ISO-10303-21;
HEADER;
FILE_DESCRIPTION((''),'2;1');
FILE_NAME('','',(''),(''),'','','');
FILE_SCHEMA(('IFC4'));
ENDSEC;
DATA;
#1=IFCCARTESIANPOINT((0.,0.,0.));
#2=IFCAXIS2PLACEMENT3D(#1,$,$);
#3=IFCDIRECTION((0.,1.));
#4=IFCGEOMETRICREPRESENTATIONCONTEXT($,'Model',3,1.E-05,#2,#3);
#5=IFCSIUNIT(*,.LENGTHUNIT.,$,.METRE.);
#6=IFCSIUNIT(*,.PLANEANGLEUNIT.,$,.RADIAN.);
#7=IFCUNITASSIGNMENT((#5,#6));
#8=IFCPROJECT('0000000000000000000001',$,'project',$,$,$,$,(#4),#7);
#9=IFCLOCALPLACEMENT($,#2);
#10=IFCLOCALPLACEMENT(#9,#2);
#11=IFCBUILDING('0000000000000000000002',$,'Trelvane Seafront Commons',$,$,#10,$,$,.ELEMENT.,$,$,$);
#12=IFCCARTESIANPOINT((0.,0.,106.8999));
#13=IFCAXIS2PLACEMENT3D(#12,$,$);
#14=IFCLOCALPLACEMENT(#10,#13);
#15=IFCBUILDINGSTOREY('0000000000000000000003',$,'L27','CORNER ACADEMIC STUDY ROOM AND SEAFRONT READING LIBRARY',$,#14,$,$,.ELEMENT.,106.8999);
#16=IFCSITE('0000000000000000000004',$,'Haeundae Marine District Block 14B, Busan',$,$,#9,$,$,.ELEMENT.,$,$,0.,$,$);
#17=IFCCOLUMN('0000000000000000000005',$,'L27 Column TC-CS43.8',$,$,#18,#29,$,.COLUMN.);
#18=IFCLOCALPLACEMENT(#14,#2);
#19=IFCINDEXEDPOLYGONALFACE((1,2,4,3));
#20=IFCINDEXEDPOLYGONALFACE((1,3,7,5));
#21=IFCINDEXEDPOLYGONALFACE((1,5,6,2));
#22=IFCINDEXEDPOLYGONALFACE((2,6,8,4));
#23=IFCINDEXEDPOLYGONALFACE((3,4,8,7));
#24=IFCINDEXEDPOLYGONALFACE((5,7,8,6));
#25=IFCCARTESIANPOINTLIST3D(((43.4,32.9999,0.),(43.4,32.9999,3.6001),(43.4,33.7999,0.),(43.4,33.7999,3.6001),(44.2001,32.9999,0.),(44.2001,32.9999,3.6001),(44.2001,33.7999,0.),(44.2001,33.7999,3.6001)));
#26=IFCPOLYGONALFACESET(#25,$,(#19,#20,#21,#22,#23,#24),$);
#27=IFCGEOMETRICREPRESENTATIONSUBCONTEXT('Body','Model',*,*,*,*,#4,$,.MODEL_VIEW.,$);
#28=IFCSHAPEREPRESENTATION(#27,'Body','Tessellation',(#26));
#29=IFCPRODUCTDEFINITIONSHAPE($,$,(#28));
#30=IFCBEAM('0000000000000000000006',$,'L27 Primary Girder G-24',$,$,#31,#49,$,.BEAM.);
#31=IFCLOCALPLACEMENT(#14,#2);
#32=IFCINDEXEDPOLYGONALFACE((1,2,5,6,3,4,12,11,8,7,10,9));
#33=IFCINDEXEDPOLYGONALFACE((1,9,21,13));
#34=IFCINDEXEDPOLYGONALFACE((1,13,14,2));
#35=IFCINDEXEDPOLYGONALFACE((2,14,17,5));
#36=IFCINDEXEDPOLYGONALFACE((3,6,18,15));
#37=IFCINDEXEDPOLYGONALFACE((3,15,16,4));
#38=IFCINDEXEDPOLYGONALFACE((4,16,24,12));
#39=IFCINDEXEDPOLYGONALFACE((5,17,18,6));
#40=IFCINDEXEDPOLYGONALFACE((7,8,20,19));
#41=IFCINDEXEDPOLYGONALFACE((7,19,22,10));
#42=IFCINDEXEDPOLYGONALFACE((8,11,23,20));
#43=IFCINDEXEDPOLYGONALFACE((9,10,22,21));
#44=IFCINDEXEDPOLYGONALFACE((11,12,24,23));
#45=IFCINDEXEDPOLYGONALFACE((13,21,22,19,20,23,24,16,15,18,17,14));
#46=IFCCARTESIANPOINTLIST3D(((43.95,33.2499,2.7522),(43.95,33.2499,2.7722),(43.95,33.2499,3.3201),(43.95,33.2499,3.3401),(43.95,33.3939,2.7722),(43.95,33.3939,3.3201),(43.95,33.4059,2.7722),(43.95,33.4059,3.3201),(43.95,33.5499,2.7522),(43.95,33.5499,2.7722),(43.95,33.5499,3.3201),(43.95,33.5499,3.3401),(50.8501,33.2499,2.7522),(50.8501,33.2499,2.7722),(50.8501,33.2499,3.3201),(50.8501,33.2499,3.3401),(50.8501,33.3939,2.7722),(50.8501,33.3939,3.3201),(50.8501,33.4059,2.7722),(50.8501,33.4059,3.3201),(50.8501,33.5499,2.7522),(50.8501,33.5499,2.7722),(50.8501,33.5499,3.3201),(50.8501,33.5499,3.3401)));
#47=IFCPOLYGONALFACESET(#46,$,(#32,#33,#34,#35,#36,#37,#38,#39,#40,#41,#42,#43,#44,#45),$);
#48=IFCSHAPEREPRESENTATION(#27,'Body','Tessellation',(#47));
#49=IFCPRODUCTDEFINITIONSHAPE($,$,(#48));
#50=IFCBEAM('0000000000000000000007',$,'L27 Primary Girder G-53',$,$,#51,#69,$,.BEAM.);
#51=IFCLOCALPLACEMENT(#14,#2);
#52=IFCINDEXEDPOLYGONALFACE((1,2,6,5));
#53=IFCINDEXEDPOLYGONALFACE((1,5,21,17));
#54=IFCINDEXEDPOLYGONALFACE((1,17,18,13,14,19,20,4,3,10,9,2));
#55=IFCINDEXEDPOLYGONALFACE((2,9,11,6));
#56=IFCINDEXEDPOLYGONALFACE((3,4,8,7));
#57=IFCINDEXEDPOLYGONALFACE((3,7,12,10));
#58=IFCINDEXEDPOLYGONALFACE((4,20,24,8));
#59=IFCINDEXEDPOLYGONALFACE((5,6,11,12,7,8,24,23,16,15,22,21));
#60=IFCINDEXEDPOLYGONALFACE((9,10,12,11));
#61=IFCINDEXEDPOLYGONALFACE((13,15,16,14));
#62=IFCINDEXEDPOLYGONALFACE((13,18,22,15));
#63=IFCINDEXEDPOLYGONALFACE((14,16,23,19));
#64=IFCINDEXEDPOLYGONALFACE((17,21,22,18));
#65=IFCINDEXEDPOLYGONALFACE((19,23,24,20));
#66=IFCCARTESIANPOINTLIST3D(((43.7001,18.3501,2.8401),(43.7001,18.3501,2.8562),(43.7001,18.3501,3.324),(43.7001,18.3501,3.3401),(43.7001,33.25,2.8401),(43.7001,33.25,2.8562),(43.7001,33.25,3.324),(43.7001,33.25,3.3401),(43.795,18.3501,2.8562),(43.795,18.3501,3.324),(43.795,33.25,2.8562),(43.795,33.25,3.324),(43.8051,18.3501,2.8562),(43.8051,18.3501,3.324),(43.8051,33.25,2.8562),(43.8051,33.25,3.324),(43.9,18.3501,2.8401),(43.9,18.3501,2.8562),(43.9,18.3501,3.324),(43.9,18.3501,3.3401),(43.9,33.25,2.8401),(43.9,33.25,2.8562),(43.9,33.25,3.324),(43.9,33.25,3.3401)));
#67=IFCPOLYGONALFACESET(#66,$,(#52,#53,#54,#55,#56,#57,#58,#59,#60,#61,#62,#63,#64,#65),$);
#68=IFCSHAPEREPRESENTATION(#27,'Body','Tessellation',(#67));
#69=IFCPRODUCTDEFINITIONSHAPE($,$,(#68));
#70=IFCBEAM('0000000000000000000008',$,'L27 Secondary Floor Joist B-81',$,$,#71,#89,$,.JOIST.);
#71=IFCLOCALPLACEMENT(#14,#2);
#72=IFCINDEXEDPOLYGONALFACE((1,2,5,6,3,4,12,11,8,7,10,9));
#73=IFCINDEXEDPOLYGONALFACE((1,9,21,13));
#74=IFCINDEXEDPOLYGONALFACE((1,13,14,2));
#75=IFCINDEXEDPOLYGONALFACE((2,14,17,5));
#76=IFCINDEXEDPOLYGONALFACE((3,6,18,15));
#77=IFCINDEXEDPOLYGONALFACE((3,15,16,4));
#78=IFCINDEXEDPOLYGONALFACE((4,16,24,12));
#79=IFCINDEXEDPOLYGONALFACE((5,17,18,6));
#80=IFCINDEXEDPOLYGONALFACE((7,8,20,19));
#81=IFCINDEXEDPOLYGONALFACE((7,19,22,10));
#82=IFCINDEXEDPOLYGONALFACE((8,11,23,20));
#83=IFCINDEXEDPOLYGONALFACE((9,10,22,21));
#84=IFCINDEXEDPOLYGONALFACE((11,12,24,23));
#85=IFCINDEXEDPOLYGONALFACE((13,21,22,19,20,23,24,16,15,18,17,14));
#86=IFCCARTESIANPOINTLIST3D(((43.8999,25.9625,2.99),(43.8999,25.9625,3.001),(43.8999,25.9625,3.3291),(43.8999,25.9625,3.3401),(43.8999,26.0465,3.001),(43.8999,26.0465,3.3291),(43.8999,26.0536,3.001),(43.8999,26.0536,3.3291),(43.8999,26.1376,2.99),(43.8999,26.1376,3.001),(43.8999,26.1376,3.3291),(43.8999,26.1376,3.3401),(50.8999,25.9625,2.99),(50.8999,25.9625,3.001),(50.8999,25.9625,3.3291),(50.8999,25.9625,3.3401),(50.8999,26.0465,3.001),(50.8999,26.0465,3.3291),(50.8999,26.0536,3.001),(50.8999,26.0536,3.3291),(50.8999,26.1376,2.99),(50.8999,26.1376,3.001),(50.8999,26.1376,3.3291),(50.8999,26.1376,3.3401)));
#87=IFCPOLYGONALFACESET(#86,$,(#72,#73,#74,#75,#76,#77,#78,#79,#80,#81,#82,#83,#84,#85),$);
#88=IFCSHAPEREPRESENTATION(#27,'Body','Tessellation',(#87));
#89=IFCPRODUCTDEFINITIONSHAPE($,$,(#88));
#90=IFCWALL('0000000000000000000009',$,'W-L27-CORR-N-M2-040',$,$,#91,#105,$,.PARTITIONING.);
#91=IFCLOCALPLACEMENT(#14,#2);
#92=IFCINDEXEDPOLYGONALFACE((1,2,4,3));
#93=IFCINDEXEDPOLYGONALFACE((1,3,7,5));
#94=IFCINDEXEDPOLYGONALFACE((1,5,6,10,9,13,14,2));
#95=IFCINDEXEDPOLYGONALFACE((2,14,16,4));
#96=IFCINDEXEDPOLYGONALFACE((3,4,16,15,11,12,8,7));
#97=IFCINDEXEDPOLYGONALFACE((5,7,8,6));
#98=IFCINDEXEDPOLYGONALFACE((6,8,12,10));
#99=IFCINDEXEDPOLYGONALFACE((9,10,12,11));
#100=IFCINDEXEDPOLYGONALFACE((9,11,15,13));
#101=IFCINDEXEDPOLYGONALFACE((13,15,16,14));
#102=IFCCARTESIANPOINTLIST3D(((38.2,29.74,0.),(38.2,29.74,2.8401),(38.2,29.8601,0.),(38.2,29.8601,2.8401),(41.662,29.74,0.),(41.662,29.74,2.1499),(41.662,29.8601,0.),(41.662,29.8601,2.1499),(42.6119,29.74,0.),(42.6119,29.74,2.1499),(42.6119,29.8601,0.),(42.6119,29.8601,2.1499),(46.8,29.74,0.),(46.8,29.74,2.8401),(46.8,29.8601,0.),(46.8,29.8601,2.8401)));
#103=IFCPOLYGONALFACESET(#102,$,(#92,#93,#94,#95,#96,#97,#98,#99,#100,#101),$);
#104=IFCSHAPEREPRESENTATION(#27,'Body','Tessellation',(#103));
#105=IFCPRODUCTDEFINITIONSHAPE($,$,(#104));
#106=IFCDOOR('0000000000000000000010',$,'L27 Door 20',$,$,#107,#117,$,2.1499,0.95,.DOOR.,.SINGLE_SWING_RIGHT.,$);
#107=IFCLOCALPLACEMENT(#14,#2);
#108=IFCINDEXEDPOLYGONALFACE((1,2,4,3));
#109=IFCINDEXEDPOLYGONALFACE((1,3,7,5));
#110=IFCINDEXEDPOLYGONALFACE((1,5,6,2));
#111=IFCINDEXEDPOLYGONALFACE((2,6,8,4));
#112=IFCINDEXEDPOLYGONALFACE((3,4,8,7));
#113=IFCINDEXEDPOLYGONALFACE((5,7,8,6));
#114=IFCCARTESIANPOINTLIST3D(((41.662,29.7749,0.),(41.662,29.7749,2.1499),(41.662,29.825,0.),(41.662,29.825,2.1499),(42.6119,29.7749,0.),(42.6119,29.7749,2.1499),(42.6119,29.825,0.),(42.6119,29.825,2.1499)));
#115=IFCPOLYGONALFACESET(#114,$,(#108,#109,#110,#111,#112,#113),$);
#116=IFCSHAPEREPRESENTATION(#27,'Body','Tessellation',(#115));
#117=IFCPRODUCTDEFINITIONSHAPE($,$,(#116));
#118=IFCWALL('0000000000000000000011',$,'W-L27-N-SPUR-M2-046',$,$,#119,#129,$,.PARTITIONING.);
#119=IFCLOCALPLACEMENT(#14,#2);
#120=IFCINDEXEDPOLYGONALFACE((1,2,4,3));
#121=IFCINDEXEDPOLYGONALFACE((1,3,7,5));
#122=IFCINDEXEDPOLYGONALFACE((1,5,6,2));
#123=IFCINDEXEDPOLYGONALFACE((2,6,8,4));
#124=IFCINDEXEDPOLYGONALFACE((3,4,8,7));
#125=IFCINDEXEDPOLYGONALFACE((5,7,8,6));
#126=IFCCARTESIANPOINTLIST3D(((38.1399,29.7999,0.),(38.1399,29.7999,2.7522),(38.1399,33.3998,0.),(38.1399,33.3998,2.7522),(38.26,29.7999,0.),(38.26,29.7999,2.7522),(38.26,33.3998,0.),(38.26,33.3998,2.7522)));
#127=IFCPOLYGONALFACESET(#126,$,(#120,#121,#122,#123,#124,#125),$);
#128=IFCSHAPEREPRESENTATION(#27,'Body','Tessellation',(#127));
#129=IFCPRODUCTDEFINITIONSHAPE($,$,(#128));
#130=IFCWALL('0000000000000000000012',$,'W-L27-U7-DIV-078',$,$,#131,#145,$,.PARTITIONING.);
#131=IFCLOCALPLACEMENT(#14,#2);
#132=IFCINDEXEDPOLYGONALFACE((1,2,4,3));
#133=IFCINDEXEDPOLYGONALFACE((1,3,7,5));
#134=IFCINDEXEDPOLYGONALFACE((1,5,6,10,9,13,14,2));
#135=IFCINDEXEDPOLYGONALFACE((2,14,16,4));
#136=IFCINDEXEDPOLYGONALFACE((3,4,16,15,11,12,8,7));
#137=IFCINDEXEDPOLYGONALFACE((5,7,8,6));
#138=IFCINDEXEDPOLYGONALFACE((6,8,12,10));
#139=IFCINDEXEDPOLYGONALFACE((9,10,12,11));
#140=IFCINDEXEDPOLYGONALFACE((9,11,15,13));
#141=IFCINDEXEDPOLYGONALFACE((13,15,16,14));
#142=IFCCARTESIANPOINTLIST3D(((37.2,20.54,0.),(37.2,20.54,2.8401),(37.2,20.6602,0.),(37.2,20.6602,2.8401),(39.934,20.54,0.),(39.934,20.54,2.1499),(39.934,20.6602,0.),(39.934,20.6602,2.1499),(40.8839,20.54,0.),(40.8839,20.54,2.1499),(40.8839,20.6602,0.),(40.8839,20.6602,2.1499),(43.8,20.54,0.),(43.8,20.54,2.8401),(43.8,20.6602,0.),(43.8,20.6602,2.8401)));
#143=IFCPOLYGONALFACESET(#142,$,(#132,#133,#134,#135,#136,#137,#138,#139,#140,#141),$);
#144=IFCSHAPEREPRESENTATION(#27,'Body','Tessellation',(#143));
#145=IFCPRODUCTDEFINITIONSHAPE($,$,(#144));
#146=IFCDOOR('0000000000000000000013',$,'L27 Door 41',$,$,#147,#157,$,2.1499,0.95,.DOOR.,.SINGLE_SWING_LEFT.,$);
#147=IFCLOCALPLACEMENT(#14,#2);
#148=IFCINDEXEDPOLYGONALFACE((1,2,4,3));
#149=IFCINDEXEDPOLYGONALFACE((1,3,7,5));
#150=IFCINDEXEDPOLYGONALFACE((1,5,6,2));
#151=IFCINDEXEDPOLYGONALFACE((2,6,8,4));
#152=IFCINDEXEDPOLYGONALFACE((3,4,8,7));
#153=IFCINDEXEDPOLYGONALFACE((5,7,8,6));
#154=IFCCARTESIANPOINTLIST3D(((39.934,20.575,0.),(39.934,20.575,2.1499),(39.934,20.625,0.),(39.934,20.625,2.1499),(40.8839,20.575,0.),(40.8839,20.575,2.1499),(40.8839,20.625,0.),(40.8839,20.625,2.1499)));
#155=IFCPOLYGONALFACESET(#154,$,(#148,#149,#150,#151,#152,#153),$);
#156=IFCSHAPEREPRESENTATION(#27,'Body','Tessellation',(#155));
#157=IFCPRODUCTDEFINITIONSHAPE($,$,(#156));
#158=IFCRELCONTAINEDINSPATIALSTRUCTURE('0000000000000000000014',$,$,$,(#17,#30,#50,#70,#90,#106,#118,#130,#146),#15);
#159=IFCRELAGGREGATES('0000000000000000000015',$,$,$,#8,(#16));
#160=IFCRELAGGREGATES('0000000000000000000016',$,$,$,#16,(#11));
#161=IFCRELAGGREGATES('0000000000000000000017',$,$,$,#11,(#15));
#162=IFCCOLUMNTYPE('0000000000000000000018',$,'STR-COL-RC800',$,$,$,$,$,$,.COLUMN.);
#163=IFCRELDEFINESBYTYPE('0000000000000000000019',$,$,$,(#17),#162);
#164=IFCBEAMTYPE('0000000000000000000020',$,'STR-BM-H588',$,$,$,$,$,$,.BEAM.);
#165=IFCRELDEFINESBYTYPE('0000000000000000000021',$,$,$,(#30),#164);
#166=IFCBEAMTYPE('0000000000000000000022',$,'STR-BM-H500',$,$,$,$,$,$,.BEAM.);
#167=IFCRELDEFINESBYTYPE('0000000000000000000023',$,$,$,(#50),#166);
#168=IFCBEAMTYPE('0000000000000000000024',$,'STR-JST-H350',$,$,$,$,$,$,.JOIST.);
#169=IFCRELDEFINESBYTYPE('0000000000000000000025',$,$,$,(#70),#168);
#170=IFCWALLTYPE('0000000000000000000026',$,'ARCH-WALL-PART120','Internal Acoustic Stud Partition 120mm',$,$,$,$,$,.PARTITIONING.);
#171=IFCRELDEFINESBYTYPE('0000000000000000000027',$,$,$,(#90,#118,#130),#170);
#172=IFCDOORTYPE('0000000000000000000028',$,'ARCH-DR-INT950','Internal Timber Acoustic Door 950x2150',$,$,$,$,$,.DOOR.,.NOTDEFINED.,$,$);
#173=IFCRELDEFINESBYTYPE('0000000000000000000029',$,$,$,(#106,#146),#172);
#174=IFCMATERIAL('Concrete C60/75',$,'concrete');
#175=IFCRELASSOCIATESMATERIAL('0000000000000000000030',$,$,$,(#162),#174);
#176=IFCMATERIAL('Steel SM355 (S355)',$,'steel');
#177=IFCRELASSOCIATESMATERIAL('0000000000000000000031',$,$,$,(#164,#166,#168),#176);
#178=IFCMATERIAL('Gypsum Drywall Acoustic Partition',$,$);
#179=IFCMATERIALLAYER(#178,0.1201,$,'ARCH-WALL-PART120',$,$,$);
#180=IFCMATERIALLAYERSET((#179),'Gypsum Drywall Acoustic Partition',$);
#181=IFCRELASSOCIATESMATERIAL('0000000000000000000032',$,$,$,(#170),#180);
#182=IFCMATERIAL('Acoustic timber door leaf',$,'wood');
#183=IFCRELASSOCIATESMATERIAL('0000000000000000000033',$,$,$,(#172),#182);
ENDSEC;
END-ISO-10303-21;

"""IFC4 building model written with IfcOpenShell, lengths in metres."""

from ifc_helpers import new_model, si_unit, direction, frame, frame_2d, origin, origin_2d, place, context, subcontext, project, spatial, rectangle, i_section, extrude, source, transform, mapped, material, layer, layer_set, material_profile, profile_set, type_object, element, fill, save


model = new_model("IFC4")

# Units and contexts
model_context = context("Model", 3, precision=1e-05, world=origin(), true_north=direction((0.0, 1.0)))
body_context = subcontext(model_context, "Body", "Model", "MODEL_VIEW")
ifc_project = project(units=[si_unit("LENGTHUNIT", "METRE"), si_unit("PLANEANGLEUNIT", "RADIAN")], contexts=[model_context])

# Site, building, storey
site_placement = place(None, origin())
site = spatial("IfcSite", under=ifc_project, at=site_placement, Name="Haeundae Marine District Block 14B, Busan", CompositionType="ELEMENT", RefElevation=0.0)
building_placement = place(site_placement, origin())
building = spatial("IfcBuilding", under=site, at=building_placement, Name="Trelvane Seafront Commons", CompositionType="ELEMENT")
storey_placement = place(building_placement, frame((0.0, 0.0, 106.8999)))
storey = spatial("IfcBuildingStorey", under=building, at=storey_placement, Name="L27", Description="CORNER ACADEMIC STUDY ROOM AND SEAFRONT READING LIBRARY", CompositionType="ELEMENT", Elevation=106.8999)

# Column
ifc_material_1 = material(Name="Concrete C60/75", Category="concrete")
ifc_material_profile_1 = material_profile(ifc_material_1, rectangle(XDim=0.8, YDim=0.8, at=origin_2d()), Name="RC-800x800")
ifc_profile_set_1 = profile_set([ifc_material_profile_1], Name="Concrete C60/75")
column_type = type_object("IfcColumnType", Name="STR-COL-RC800", PredefinedType="COLUMN", material=ifc_profile_set_1)
shared_shape_1 = source(origin(), body_context, "Body", "SweptSolid", [
    extrude(rectangle(XDim=0.8, YDim=0.8, at=origin_2d()), origin(), (0.0, 0.0, 1.0), 3.6001),
])
column_placement = place(storey_placement, frame((43.8, 33.3999, 0.0), z_axis=(0.0, 0.0, 1.0), x_axis=(1.0, 0.0, 0.0)))
element("IfcColumn", 1, at=column_placement, inside=storey, type_object=column_type, Name="L27 Column TC-CS43.8", PredefinedType="COLUMN", context=body_context, shape_type="MappedRepresentation", body=[
    mapped(shared_shape_1, transform((0.0, 0.0, 0.0), x_axis=(1.0, 0.0, 0.0), y_axis=(0.0, 1.0, 0.0), z_axis=(0.0, 0.0, 1.0), scale=1.0)),
])

# Beams
ifc_material_2 = material(Name="Steel SM355 (S355)", Category="steel")
ifc_material_profile_2 = material_profile(ifc_material_2, i_section(OverallWidth=0.3, OverallDepth=0.5879, WebThickness=0.012, FlangeThickness=0.02, at=origin_2d()), Name="H-588x300x12x20")
ifc_profile_set_2 = profile_set([ifc_material_profile_2], Name="Steel SM355 (S355)")
beam_type_1 = type_object("IfcBeamType", Name="STR-BM-H588", PredefinedType="BEAM", material=ifc_profile_set_2)
shared_shape_2 = source(origin(), body_context, "Body", "SweptSolid", [
    extrude(i_section(OverallWidth=0.3, OverallDepth=0.5879, WebThickness=0.012, FlangeThickness=0.02, at=origin_2d()), origin(), (0.0, 0.0, 1.0), 6.9001),
])
beam_1_placement = place(storey_placement, frame((43.95, 33.3999, 3.0461), z_axis=(1.0, 0.0, 0.0), x_axis=(0.0, 1.0, 0.0)))
element("IfcBeam", 2, at=beam_1_placement, inside=storey, type_object=beam_type_1, Name="L27 Primary Girder G-24", PredefinedType="BEAM", context=body_context, shape_type="MappedRepresentation", body=[
    mapped(shared_shape_2, transform((0.0, 0.0, 0.0), x_axis=(1.0, 0.0, 0.0), y_axis=(0.0, 1.0, 0.0), z_axis=(0.0, 0.0, 1.0), scale=1.0)),
])
ifc_material_profile_3 = material_profile(ifc_material_2, i_section(OverallWidth=0.2, OverallDepth=0.5, WebThickness=0.01, FlangeThickness=0.0161, at=origin_2d()), Name="H-500x200x10x16")
ifc_profile_set_3 = profile_set([ifc_material_profile_3], Name="Steel SM355 (S355)")
beam_type_2 = type_object("IfcBeamType", Name="STR-BM-H500", PredefinedType="BEAM", material=ifc_profile_set_3)
shared_shape_3 = source(origin(), body_context, "Body", "SweptSolid", [
    extrude(i_section(OverallWidth=0.2, OverallDepth=0.5, WebThickness=0.01, FlangeThickness=0.0161, at=origin_2d()), origin(), (0.0, 0.0, 1.0), 14.8999),
])
beam_2_placement = place(storey_placement, frame((43.8, 18.3501, 3.0901), z_axis=(0.0, 1.0, 0.0), x_axis=(-1.0, 0.0, 0.0)))
element("IfcBeam", 3, at=beam_2_placement, inside=storey, type_object=beam_type_2, Name="L27 Primary Girder G-53", PredefinedType="BEAM", context=body_context, shape_type="MappedRepresentation", body=[
    mapped(shared_shape_3, transform((0.0, 0.0, 0.0), x_axis=(1.0, 0.0, 0.0), y_axis=(0.0, 1.0, 0.0), z_axis=(0.0, 0.0, 1.0), scale=1.0)),
])
ifc_material_profile_4 = material_profile(ifc_material_2, i_section(OverallWidth=0.175, OverallDepth=0.3501, WebThickness=0.0071, FlangeThickness=0.011, at=origin_2d()), Name="H-350x175x7x11")
ifc_profile_set_4 = profile_set([ifc_material_profile_4], Name="Steel SM355 (S355)")
beam_type_3 = type_object("IfcBeamType", Name="STR-JST-H350", PredefinedType="JOIST", material=ifc_profile_set_4)
shared_shape_4 = source(origin(), body_context, "Body", "SweptSolid", [
    extrude(i_section(OverallWidth=0.175, OverallDepth=0.3501, WebThickness=0.0071, FlangeThickness=0.011, at=origin_2d()), origin(), (0.0, 0.0, 1.0), 7.0),
])
beam_3_placement = place(storey_placement, frame((43.8999, 26.05, 3.165), z_axis=(1.0, 0.0, 0.0), x_axis=(0.0, 1.0, 0.0)))
element("IfcBeam", 4, at=beam_3_placement, inside=storey, type_object=beam_type_3, Name="L27 Secondary Floor Joist B-81", PredefinedType="JOIST", context=body_context, shape_type="MappedRepresentation", body=[
    mapped(shared_shape_4, transform((0.0, 0.0, 0.0), x_axis=(1.0, 0.0, 0.0), y_axis=(0.0, 1.0, 0.0), z_axis=(0.0, 0.0, 1.0), scale=1.0)),
])

# Wall, opening, door
ifc_material_3 = material(Name="Gypsum Drywall Acoustic Partition")
ifc_layer_1 = layer(ifc_material_3, 0.1201, Name="ARCH-WALL-PART120")
ifc_layer_set_1 = layer_set([ifc_layer_1], Name="Gypsum Drywall Acoustic Partition")
wall_type_1 = type_object("IfcWallType", Name="ARCH-WALL-PART120", Description="Internal Acoustic Stud Partition 120mm", PredefinedType="PARTITIONING", material=ifc_layer_set_1)
wall_1_placement = place(storey_placement, frame((38.2, 29.8, 0.0), z_axis=(0.0, 0.0, 1.0), x_axis=(1.0, 0.0, 0.0)))
wall_1 = element("IfcWall", 5, at=wall_1_placement, inside=storey, type_object=wall_type_1, Name="W-L27-CORR-N-M2-040", PredefinedType="PARTITIONING", context=body_context, shape_type="SweptSolid", body=[
    extrude(rectangle(XDim=8.6001, YDim=0.1201, at=frame_2d((4.3, 0.0))), origin(), (0.0, 0.0, 1.0), 2.8401),
])
opening_1_placement = place(wall_1_placement, frame((3.4619, 0.0, 0.0)))
opening_1 = element("IfcOpeningElement", 6, at=opening_1_placement, cuts=wall_1, PredefinedType="OPENING", context=body_context, shape_type="SweptSolid", body=[
    extrude(rectangle(XDim=0.95, YDim=2.1499, at=frame_2d((0.4751, 1.075))), frame((0.0, 0.0701, 0.0), z_axis=(0.0, -1.0, 0.0), x_axis=(1.0, 0.0, 0.0)), (0.0, 0.0, 1.0), 0.1401),
])
ifc_material_4 = material(Name="Acoustic timber door leaf", Category="wood")
door_type_1 = type_object("IfcDoorType", Name="ARCH-DR-INT950", Description="Internal Timber Acoustic Door 950x2150", OperationType="NOTDEFINED", PredefinedType="DOOR", material=ifc_material_4)
shared_shape_5 = source(origin(), body_context, "Body", "SweptSolid", [
    extrude(rectangle(XDim=0.95, YDim=2.1499, at=frame_2d((0.4751, 1.075))), frame((0.0, 0.0249, 0.0), z_axis=(0.0, -1.0, 0.0), x_axis=(1.0, 0.0, 0.0)), (0.0, 0.0, 1.0), 0.05),
])
door_1_placement = place(opening_1_placement, origin())
door_1 = element("IfcDoor", 7, at=door_1_placement, inside=storey, type_object=door_type_1, Name="L27 Door 20", OperationType="SINGLE_SWING_RIGHT", OverallHeight=2.1499, OverallWidth=0.95, PredefinedType="DOOR", context=body_context, shape_type="MappedRepresentation", body=[
    mapped(shared_shape_5, transform((0.0, 0.0, 0.0), x_axis=(1.0, 0.0, 0.0), y_axis=(0.0, 1.0, 0.0), z_axis=(0.0, 0.0, 1.0), scale=1.0)),
])
fill(opening_1, door_1)

# Wall
wall_2_placement = place(storey_placement, frame((38.2, 29.8, 0.0), z_axis=(0.0, 0.0, 1.0), x_axis=(0.0, 1.0, 0.0)))
element("IfcWall", 8, at=wall_2_placement, inside=storey, type_object=wall_type_1, Name="W-L27-N-SPUR-M2-046", PredefinedType="PARTITIONING", context=body_context, shape_type="SweptSolid", body=[
    extrude(rectangle(XDim=3.5999, YDim=0.1201, at=frame_2d((1.7998, 0.0))), origin(), (0.0, 0.0, 1.0), 2.7522),
])

# Wall, opening, door
wall_3_placement = place(storey_placement, frame((37.2, 20.6001, 0.0), z_axis=(0.0, 0.0, 1.0), x_axis=(1.0, 0.0, 0.0)))
wall_3 = element("IfcWall", 9, at=wall_3_placement, inside=storey, type_object=wall_type_1, Name="W-L27-U7-DIV-078", PredefinedType="PARTITIONING", context=body_context, shape_type="SweptSolid", body=[
    extrude(rectangle(XDim=6.6001, YDim=0.1201, at=frame_2d((3.3, 0.0))), origin(), (0.0, 0.0, 1.0), 2.8401),
])
opening_2_placement = place(wall_3_placement, frame((2.7339, 0.0, 0.0)))
opening_2 = element("IfcOpeningElement", 10, at=opening_2_placement, cuts=wall_3, PredefinedType="OPENING", context=body_context, shape_type="SweptSolid", body=[
    extrude(rectangle(XDim=0.95, YDim=2.1499, at=frame_2d((0.4751, 1.075))), frame((0.0, 0.0701, 0.0), z_axis=(0.0, -1.0, 0.0), x_axis=(1.0, 0.0, 0.0)), (0.0, 0.0, 1.0), 0.1401),
])
door_2_placement = place(opening_2_placement, origin())
door_2 = element("IfcDoor", 11, at=door_2_placement, inside=storey, type_object=door_type_1, Name="L27 Door 41", OperationType="SINGLE_SWING_LEFT", OverallHeight=2.1499, OverallWidth=0.95, PredefinedType="DOOR", context=body_context, shape_type="MappedRepresentation", body=[
    mapped(shared_shape_5, transform((0.0, 0.0, 0.0), x_axis=(1.0, 0.0, 0.0), y_axis=(0.0, 1.0, 0.0), z_axis=(0.0, 0.0, 1.0), scale=1.0)),
])
fill(opening_2, door_2)

save(model, "model.ifc")
